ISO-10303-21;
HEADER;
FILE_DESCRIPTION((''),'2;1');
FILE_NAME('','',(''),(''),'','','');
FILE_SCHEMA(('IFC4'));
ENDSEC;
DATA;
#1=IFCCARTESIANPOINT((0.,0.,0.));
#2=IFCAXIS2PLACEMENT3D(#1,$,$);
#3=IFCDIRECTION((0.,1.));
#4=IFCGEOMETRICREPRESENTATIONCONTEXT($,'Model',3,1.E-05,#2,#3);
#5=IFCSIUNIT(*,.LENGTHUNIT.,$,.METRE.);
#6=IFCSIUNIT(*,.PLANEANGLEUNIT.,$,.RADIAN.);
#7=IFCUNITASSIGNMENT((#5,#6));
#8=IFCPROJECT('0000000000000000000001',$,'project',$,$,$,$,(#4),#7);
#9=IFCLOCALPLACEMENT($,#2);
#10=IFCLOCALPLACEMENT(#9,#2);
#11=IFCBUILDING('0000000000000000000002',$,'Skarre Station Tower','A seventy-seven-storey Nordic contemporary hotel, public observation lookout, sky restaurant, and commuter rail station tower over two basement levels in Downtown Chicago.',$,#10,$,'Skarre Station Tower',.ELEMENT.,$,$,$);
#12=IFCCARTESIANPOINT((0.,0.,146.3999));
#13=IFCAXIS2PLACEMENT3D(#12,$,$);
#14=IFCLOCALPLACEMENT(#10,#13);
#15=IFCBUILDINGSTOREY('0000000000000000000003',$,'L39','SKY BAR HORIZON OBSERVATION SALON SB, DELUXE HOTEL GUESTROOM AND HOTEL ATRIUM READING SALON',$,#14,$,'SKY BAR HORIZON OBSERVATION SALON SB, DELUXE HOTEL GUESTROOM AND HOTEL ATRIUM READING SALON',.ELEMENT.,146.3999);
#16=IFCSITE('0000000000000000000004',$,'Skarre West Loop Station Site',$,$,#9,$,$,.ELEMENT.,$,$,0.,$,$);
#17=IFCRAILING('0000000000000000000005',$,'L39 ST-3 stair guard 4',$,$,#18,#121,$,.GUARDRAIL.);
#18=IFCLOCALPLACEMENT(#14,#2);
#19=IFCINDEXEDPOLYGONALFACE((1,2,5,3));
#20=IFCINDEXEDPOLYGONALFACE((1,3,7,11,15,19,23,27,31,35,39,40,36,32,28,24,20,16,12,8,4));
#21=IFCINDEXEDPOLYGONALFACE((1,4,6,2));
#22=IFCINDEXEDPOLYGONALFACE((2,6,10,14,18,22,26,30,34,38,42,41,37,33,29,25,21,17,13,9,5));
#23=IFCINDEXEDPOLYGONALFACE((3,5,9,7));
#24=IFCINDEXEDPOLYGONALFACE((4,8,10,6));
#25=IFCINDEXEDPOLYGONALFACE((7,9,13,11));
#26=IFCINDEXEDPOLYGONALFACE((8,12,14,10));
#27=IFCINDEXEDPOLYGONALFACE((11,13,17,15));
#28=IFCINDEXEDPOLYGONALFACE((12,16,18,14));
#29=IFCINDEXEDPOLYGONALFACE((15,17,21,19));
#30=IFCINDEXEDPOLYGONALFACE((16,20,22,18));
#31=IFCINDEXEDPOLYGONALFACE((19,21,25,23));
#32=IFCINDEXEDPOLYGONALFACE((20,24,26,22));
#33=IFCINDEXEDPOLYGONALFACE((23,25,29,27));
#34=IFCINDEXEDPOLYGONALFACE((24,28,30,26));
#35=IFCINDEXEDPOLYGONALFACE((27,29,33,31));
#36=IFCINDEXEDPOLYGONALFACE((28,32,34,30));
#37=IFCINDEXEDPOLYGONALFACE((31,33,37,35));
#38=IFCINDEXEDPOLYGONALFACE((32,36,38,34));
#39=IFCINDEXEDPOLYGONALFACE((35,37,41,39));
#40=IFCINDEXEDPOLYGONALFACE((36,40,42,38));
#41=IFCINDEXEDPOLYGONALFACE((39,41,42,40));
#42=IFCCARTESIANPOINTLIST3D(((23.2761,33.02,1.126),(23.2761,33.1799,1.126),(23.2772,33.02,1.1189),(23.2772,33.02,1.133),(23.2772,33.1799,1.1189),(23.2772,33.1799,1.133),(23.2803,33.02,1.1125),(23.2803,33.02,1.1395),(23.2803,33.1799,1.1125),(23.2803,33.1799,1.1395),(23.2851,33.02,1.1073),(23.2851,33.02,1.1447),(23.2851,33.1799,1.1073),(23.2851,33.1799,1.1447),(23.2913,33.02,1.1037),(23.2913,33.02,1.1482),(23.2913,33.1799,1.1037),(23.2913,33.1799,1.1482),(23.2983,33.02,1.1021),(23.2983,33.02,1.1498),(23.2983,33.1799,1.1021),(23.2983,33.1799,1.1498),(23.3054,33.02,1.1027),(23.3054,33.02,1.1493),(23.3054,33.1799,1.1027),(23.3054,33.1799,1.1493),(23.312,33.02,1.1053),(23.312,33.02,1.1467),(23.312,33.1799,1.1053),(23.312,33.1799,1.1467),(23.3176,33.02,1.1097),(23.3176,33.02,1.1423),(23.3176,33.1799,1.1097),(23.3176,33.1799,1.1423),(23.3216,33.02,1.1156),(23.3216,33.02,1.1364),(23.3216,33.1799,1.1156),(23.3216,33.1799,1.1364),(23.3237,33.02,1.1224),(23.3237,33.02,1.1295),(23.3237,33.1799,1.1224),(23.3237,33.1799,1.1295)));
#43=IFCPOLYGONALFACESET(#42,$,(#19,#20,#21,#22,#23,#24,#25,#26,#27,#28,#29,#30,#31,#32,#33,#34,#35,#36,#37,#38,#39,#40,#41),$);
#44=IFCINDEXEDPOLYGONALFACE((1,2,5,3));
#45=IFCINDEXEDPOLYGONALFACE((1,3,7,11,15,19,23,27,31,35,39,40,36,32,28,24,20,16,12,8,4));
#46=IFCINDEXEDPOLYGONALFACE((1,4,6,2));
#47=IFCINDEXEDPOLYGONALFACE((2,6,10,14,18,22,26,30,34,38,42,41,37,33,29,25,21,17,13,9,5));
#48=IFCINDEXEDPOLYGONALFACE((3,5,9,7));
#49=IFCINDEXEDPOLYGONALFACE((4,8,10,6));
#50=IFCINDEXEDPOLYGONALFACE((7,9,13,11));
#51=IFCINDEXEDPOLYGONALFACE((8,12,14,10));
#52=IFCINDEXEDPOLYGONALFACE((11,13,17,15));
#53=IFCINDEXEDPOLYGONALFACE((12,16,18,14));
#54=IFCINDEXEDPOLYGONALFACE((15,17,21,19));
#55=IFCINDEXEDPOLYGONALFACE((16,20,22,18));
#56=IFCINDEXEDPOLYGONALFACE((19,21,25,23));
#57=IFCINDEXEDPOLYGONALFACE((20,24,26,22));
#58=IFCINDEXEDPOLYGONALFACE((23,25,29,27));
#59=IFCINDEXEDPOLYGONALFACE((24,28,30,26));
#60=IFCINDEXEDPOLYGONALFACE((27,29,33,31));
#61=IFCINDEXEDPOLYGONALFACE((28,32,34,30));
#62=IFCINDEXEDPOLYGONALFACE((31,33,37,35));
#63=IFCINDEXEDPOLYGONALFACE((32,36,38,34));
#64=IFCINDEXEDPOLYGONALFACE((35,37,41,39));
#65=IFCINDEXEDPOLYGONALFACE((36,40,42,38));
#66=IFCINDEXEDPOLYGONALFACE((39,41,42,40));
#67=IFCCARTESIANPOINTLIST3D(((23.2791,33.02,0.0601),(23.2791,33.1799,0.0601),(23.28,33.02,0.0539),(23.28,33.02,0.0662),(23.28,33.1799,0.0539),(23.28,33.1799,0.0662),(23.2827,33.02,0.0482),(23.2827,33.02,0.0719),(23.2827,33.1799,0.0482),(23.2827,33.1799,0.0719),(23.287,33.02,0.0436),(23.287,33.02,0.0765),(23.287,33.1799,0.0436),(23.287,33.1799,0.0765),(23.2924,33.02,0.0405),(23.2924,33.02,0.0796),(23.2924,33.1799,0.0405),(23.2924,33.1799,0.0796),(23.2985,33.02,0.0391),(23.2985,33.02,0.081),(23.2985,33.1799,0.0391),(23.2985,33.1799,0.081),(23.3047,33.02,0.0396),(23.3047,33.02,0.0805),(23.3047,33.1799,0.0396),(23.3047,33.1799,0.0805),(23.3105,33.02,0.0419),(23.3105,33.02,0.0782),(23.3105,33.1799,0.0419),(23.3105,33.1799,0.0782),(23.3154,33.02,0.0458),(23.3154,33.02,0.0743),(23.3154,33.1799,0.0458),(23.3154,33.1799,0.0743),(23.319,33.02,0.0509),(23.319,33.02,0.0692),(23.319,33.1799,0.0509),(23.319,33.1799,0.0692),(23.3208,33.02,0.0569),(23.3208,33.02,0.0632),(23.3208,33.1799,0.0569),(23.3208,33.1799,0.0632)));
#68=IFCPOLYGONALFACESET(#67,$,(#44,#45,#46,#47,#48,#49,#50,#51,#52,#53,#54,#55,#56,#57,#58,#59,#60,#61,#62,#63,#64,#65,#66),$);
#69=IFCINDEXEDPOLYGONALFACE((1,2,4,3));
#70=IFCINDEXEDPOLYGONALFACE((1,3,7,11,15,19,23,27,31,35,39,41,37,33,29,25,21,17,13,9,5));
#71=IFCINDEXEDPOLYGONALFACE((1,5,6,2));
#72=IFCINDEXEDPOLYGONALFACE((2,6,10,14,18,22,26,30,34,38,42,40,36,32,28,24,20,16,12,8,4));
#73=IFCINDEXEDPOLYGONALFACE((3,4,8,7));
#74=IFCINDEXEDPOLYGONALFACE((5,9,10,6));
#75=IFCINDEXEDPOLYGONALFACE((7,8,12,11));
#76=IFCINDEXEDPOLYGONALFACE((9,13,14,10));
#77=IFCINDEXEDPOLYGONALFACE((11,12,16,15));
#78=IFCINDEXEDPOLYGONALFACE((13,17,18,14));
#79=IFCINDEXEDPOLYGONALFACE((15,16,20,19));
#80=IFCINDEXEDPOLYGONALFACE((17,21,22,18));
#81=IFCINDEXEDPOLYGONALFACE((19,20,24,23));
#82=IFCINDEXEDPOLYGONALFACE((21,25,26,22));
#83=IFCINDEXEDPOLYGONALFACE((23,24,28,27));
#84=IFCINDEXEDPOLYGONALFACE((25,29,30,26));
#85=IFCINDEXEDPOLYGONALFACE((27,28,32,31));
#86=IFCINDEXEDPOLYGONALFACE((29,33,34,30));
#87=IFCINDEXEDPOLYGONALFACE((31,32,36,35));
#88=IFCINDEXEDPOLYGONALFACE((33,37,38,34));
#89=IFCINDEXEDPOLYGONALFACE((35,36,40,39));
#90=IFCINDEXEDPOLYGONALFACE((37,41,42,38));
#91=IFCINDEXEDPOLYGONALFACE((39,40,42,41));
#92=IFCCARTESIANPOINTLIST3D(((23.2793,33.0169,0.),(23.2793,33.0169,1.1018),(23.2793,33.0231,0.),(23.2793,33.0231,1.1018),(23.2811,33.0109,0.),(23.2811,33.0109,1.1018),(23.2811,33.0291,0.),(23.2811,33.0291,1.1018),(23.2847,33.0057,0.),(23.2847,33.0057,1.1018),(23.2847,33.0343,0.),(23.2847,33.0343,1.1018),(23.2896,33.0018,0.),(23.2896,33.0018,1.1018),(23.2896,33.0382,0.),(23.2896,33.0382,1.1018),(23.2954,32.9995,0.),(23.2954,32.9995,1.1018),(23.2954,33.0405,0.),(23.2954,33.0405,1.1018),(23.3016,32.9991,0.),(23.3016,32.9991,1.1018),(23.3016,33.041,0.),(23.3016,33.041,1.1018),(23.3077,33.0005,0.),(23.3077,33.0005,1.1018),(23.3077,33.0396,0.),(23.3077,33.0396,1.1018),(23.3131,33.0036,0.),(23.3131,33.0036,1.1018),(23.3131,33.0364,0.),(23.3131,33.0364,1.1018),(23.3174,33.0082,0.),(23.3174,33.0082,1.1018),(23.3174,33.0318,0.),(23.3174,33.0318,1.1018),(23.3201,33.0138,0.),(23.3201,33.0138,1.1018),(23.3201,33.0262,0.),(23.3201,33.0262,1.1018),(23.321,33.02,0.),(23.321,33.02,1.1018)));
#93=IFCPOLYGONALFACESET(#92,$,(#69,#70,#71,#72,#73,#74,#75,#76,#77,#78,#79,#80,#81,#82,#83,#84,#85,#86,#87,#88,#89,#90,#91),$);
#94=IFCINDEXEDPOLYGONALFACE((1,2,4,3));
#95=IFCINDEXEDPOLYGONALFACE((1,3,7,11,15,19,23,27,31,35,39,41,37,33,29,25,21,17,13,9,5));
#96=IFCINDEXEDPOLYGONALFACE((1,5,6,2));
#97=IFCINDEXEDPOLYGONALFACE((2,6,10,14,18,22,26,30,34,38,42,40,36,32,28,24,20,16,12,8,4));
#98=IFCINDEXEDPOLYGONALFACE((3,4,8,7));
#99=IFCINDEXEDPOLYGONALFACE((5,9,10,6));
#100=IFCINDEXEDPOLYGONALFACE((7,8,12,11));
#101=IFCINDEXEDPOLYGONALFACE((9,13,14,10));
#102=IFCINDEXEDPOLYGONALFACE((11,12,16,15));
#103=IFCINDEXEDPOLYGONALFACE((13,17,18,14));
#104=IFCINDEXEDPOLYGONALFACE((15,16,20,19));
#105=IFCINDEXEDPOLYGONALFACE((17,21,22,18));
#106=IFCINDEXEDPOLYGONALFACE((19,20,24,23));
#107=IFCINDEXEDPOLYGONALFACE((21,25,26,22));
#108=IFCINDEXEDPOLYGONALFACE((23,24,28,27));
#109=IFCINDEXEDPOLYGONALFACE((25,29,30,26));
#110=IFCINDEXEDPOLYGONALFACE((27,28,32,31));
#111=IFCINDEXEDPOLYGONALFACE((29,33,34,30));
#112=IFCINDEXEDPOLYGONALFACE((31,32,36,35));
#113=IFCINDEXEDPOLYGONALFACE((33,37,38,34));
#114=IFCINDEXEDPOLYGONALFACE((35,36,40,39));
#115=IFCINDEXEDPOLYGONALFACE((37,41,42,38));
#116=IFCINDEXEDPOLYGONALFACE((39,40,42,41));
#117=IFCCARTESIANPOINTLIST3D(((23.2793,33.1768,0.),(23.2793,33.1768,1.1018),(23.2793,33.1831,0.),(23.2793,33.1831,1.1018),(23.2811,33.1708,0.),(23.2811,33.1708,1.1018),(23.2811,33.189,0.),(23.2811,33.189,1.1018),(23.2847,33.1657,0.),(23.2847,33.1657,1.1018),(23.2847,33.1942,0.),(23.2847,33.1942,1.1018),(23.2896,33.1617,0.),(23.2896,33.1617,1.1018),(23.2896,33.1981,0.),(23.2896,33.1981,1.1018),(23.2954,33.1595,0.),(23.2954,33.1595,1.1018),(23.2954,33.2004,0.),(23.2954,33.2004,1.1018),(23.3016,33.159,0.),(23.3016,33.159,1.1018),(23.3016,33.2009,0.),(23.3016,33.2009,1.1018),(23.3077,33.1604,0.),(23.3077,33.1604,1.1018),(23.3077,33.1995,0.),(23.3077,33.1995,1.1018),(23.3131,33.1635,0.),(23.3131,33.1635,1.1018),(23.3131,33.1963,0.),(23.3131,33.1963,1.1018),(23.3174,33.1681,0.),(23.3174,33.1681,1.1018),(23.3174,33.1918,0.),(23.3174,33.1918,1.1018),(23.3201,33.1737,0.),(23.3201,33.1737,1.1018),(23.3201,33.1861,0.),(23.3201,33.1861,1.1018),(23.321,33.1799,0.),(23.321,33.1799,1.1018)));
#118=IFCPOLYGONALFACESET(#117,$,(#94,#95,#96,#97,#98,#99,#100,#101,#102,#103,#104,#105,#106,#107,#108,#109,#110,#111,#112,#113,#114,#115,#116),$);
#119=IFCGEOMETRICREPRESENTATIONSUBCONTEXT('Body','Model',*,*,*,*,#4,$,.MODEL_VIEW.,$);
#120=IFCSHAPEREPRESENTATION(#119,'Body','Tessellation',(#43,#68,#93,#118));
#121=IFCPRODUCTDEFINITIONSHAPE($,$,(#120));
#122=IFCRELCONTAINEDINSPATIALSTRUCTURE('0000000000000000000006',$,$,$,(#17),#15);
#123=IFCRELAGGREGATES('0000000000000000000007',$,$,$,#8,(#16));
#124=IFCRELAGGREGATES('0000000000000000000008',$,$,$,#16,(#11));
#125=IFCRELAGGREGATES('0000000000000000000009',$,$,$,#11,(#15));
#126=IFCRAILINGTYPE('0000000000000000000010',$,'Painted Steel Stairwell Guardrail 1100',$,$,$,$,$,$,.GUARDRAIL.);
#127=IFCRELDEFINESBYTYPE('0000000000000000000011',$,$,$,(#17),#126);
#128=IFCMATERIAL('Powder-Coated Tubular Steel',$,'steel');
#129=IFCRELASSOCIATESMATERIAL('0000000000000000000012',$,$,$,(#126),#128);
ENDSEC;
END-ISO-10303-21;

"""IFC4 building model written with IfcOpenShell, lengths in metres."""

from ifc_helpers import new_model, si_unit, direction, frame, origin, origin_2d, place, context, subcontext, project, spatial, circle, extrude, material, type_object, element, save


model = new_model("IFC4")

# Units and contexts
model_context = context("Model", 3, precision=1e-05, world=origin(), true_north=direction((0.0, 1.0)))
body_context = subcontext(model_context, "Body", "Model", "MODEL_VIEW")
ifc_project = project(units=[si_unit("LENGTHUNIT", "METRE"), si_unit("PLANEANGLEUNIT", "RADIAN")], contexts=[model_context])

# Site, building, storey
site_placement = place(None, origin())
site = spatial("IfcSite", under=ifc_project, at=site_placement, Name="Skarre West Loop Station Site", CompositionType="ELEMENT", RefElevation=0.0)
building_placement = place(site_placement, origin())
building = spatial("IfcBuilding", under=site, at=building_placement, Name="Skarre Station Tower", Description="A seventy-seven-storey Nordic contemporary hotel, public observation lookout, sky restaurant, and commuter rail station tower over two basement levels in Downtown Chicago.", LongName="Skarre Station Tower", CompositionType="ELEMENT")
storey_placement = place(building_placement, frame((0.0, 0.0, 146.3999)))
storey = spatial("IfcBuildingStorey", under=building, at=storey_placement, Name="L39", Description="SKY BAR HORIZON OBSERVATION SALON SB, DELUXE HOTEL GUESTROOM AND HOTEL ATRIUM READING SALON", LongName="SKY BAR HORIZON OBSERVATION SALON SB, DELUXE HOTEL GUESTROOM AND HOTEL ATRIUM READING SALON", CompositionType="ELEMENT", Elevation=146.3999)

# Railing
ifc_material_1 = material(Name="Powder-Coated Tubular Steel", Category="steel")
railing_type_1 = type_object("IfcRailingType", Name="Painted Steel Stairwell Guardrail 1100", PredefinedType="GUARDRAIL", material=ifc_material_1)
railing_1_placement = place(storey_placement, frame((23.3, 33.02, 0.0)))
element("IfcRailing", 1, at=railing_1_placement, inside=storey, type_object=railing_type_1, Name="L39 ST-3 stair guard 4", PredefinedType="GUARDRAIL", context=body_context, shape_type="SweptSolid", body=[
    extrude(circle(Radius=0.0239, at=origin_2d()), frame((0.0, 0.0, 1.126), z_axis=(0.0, 1.0, 0.0), x_axis=(-1.0, 0.0, 0.0)), (0.0, 0.0, 1.0), 0.1599),
    extrude(circle(Radius=0.021, at=origin_2d()), frame((0.0, 0.0, 0.0601), z_axis=(0.0, 1.0, 0.0), x_axis=(-1.0, 0.0, 0.0)), (0.0, 0.0, 1.0), 0.1599),
    extrude(circle(Radius=0.021, at=origin_2d()), origin(), (0.0, 0.0, 1.0), 1.1018),
    extrude(circle(Radius=0.021, at=origin_2d()), frame((0.0, 0.1599, 0.0)), (0.0, 0.0, 1.0), 1.1018),
])

save(model, "model.ifc")
